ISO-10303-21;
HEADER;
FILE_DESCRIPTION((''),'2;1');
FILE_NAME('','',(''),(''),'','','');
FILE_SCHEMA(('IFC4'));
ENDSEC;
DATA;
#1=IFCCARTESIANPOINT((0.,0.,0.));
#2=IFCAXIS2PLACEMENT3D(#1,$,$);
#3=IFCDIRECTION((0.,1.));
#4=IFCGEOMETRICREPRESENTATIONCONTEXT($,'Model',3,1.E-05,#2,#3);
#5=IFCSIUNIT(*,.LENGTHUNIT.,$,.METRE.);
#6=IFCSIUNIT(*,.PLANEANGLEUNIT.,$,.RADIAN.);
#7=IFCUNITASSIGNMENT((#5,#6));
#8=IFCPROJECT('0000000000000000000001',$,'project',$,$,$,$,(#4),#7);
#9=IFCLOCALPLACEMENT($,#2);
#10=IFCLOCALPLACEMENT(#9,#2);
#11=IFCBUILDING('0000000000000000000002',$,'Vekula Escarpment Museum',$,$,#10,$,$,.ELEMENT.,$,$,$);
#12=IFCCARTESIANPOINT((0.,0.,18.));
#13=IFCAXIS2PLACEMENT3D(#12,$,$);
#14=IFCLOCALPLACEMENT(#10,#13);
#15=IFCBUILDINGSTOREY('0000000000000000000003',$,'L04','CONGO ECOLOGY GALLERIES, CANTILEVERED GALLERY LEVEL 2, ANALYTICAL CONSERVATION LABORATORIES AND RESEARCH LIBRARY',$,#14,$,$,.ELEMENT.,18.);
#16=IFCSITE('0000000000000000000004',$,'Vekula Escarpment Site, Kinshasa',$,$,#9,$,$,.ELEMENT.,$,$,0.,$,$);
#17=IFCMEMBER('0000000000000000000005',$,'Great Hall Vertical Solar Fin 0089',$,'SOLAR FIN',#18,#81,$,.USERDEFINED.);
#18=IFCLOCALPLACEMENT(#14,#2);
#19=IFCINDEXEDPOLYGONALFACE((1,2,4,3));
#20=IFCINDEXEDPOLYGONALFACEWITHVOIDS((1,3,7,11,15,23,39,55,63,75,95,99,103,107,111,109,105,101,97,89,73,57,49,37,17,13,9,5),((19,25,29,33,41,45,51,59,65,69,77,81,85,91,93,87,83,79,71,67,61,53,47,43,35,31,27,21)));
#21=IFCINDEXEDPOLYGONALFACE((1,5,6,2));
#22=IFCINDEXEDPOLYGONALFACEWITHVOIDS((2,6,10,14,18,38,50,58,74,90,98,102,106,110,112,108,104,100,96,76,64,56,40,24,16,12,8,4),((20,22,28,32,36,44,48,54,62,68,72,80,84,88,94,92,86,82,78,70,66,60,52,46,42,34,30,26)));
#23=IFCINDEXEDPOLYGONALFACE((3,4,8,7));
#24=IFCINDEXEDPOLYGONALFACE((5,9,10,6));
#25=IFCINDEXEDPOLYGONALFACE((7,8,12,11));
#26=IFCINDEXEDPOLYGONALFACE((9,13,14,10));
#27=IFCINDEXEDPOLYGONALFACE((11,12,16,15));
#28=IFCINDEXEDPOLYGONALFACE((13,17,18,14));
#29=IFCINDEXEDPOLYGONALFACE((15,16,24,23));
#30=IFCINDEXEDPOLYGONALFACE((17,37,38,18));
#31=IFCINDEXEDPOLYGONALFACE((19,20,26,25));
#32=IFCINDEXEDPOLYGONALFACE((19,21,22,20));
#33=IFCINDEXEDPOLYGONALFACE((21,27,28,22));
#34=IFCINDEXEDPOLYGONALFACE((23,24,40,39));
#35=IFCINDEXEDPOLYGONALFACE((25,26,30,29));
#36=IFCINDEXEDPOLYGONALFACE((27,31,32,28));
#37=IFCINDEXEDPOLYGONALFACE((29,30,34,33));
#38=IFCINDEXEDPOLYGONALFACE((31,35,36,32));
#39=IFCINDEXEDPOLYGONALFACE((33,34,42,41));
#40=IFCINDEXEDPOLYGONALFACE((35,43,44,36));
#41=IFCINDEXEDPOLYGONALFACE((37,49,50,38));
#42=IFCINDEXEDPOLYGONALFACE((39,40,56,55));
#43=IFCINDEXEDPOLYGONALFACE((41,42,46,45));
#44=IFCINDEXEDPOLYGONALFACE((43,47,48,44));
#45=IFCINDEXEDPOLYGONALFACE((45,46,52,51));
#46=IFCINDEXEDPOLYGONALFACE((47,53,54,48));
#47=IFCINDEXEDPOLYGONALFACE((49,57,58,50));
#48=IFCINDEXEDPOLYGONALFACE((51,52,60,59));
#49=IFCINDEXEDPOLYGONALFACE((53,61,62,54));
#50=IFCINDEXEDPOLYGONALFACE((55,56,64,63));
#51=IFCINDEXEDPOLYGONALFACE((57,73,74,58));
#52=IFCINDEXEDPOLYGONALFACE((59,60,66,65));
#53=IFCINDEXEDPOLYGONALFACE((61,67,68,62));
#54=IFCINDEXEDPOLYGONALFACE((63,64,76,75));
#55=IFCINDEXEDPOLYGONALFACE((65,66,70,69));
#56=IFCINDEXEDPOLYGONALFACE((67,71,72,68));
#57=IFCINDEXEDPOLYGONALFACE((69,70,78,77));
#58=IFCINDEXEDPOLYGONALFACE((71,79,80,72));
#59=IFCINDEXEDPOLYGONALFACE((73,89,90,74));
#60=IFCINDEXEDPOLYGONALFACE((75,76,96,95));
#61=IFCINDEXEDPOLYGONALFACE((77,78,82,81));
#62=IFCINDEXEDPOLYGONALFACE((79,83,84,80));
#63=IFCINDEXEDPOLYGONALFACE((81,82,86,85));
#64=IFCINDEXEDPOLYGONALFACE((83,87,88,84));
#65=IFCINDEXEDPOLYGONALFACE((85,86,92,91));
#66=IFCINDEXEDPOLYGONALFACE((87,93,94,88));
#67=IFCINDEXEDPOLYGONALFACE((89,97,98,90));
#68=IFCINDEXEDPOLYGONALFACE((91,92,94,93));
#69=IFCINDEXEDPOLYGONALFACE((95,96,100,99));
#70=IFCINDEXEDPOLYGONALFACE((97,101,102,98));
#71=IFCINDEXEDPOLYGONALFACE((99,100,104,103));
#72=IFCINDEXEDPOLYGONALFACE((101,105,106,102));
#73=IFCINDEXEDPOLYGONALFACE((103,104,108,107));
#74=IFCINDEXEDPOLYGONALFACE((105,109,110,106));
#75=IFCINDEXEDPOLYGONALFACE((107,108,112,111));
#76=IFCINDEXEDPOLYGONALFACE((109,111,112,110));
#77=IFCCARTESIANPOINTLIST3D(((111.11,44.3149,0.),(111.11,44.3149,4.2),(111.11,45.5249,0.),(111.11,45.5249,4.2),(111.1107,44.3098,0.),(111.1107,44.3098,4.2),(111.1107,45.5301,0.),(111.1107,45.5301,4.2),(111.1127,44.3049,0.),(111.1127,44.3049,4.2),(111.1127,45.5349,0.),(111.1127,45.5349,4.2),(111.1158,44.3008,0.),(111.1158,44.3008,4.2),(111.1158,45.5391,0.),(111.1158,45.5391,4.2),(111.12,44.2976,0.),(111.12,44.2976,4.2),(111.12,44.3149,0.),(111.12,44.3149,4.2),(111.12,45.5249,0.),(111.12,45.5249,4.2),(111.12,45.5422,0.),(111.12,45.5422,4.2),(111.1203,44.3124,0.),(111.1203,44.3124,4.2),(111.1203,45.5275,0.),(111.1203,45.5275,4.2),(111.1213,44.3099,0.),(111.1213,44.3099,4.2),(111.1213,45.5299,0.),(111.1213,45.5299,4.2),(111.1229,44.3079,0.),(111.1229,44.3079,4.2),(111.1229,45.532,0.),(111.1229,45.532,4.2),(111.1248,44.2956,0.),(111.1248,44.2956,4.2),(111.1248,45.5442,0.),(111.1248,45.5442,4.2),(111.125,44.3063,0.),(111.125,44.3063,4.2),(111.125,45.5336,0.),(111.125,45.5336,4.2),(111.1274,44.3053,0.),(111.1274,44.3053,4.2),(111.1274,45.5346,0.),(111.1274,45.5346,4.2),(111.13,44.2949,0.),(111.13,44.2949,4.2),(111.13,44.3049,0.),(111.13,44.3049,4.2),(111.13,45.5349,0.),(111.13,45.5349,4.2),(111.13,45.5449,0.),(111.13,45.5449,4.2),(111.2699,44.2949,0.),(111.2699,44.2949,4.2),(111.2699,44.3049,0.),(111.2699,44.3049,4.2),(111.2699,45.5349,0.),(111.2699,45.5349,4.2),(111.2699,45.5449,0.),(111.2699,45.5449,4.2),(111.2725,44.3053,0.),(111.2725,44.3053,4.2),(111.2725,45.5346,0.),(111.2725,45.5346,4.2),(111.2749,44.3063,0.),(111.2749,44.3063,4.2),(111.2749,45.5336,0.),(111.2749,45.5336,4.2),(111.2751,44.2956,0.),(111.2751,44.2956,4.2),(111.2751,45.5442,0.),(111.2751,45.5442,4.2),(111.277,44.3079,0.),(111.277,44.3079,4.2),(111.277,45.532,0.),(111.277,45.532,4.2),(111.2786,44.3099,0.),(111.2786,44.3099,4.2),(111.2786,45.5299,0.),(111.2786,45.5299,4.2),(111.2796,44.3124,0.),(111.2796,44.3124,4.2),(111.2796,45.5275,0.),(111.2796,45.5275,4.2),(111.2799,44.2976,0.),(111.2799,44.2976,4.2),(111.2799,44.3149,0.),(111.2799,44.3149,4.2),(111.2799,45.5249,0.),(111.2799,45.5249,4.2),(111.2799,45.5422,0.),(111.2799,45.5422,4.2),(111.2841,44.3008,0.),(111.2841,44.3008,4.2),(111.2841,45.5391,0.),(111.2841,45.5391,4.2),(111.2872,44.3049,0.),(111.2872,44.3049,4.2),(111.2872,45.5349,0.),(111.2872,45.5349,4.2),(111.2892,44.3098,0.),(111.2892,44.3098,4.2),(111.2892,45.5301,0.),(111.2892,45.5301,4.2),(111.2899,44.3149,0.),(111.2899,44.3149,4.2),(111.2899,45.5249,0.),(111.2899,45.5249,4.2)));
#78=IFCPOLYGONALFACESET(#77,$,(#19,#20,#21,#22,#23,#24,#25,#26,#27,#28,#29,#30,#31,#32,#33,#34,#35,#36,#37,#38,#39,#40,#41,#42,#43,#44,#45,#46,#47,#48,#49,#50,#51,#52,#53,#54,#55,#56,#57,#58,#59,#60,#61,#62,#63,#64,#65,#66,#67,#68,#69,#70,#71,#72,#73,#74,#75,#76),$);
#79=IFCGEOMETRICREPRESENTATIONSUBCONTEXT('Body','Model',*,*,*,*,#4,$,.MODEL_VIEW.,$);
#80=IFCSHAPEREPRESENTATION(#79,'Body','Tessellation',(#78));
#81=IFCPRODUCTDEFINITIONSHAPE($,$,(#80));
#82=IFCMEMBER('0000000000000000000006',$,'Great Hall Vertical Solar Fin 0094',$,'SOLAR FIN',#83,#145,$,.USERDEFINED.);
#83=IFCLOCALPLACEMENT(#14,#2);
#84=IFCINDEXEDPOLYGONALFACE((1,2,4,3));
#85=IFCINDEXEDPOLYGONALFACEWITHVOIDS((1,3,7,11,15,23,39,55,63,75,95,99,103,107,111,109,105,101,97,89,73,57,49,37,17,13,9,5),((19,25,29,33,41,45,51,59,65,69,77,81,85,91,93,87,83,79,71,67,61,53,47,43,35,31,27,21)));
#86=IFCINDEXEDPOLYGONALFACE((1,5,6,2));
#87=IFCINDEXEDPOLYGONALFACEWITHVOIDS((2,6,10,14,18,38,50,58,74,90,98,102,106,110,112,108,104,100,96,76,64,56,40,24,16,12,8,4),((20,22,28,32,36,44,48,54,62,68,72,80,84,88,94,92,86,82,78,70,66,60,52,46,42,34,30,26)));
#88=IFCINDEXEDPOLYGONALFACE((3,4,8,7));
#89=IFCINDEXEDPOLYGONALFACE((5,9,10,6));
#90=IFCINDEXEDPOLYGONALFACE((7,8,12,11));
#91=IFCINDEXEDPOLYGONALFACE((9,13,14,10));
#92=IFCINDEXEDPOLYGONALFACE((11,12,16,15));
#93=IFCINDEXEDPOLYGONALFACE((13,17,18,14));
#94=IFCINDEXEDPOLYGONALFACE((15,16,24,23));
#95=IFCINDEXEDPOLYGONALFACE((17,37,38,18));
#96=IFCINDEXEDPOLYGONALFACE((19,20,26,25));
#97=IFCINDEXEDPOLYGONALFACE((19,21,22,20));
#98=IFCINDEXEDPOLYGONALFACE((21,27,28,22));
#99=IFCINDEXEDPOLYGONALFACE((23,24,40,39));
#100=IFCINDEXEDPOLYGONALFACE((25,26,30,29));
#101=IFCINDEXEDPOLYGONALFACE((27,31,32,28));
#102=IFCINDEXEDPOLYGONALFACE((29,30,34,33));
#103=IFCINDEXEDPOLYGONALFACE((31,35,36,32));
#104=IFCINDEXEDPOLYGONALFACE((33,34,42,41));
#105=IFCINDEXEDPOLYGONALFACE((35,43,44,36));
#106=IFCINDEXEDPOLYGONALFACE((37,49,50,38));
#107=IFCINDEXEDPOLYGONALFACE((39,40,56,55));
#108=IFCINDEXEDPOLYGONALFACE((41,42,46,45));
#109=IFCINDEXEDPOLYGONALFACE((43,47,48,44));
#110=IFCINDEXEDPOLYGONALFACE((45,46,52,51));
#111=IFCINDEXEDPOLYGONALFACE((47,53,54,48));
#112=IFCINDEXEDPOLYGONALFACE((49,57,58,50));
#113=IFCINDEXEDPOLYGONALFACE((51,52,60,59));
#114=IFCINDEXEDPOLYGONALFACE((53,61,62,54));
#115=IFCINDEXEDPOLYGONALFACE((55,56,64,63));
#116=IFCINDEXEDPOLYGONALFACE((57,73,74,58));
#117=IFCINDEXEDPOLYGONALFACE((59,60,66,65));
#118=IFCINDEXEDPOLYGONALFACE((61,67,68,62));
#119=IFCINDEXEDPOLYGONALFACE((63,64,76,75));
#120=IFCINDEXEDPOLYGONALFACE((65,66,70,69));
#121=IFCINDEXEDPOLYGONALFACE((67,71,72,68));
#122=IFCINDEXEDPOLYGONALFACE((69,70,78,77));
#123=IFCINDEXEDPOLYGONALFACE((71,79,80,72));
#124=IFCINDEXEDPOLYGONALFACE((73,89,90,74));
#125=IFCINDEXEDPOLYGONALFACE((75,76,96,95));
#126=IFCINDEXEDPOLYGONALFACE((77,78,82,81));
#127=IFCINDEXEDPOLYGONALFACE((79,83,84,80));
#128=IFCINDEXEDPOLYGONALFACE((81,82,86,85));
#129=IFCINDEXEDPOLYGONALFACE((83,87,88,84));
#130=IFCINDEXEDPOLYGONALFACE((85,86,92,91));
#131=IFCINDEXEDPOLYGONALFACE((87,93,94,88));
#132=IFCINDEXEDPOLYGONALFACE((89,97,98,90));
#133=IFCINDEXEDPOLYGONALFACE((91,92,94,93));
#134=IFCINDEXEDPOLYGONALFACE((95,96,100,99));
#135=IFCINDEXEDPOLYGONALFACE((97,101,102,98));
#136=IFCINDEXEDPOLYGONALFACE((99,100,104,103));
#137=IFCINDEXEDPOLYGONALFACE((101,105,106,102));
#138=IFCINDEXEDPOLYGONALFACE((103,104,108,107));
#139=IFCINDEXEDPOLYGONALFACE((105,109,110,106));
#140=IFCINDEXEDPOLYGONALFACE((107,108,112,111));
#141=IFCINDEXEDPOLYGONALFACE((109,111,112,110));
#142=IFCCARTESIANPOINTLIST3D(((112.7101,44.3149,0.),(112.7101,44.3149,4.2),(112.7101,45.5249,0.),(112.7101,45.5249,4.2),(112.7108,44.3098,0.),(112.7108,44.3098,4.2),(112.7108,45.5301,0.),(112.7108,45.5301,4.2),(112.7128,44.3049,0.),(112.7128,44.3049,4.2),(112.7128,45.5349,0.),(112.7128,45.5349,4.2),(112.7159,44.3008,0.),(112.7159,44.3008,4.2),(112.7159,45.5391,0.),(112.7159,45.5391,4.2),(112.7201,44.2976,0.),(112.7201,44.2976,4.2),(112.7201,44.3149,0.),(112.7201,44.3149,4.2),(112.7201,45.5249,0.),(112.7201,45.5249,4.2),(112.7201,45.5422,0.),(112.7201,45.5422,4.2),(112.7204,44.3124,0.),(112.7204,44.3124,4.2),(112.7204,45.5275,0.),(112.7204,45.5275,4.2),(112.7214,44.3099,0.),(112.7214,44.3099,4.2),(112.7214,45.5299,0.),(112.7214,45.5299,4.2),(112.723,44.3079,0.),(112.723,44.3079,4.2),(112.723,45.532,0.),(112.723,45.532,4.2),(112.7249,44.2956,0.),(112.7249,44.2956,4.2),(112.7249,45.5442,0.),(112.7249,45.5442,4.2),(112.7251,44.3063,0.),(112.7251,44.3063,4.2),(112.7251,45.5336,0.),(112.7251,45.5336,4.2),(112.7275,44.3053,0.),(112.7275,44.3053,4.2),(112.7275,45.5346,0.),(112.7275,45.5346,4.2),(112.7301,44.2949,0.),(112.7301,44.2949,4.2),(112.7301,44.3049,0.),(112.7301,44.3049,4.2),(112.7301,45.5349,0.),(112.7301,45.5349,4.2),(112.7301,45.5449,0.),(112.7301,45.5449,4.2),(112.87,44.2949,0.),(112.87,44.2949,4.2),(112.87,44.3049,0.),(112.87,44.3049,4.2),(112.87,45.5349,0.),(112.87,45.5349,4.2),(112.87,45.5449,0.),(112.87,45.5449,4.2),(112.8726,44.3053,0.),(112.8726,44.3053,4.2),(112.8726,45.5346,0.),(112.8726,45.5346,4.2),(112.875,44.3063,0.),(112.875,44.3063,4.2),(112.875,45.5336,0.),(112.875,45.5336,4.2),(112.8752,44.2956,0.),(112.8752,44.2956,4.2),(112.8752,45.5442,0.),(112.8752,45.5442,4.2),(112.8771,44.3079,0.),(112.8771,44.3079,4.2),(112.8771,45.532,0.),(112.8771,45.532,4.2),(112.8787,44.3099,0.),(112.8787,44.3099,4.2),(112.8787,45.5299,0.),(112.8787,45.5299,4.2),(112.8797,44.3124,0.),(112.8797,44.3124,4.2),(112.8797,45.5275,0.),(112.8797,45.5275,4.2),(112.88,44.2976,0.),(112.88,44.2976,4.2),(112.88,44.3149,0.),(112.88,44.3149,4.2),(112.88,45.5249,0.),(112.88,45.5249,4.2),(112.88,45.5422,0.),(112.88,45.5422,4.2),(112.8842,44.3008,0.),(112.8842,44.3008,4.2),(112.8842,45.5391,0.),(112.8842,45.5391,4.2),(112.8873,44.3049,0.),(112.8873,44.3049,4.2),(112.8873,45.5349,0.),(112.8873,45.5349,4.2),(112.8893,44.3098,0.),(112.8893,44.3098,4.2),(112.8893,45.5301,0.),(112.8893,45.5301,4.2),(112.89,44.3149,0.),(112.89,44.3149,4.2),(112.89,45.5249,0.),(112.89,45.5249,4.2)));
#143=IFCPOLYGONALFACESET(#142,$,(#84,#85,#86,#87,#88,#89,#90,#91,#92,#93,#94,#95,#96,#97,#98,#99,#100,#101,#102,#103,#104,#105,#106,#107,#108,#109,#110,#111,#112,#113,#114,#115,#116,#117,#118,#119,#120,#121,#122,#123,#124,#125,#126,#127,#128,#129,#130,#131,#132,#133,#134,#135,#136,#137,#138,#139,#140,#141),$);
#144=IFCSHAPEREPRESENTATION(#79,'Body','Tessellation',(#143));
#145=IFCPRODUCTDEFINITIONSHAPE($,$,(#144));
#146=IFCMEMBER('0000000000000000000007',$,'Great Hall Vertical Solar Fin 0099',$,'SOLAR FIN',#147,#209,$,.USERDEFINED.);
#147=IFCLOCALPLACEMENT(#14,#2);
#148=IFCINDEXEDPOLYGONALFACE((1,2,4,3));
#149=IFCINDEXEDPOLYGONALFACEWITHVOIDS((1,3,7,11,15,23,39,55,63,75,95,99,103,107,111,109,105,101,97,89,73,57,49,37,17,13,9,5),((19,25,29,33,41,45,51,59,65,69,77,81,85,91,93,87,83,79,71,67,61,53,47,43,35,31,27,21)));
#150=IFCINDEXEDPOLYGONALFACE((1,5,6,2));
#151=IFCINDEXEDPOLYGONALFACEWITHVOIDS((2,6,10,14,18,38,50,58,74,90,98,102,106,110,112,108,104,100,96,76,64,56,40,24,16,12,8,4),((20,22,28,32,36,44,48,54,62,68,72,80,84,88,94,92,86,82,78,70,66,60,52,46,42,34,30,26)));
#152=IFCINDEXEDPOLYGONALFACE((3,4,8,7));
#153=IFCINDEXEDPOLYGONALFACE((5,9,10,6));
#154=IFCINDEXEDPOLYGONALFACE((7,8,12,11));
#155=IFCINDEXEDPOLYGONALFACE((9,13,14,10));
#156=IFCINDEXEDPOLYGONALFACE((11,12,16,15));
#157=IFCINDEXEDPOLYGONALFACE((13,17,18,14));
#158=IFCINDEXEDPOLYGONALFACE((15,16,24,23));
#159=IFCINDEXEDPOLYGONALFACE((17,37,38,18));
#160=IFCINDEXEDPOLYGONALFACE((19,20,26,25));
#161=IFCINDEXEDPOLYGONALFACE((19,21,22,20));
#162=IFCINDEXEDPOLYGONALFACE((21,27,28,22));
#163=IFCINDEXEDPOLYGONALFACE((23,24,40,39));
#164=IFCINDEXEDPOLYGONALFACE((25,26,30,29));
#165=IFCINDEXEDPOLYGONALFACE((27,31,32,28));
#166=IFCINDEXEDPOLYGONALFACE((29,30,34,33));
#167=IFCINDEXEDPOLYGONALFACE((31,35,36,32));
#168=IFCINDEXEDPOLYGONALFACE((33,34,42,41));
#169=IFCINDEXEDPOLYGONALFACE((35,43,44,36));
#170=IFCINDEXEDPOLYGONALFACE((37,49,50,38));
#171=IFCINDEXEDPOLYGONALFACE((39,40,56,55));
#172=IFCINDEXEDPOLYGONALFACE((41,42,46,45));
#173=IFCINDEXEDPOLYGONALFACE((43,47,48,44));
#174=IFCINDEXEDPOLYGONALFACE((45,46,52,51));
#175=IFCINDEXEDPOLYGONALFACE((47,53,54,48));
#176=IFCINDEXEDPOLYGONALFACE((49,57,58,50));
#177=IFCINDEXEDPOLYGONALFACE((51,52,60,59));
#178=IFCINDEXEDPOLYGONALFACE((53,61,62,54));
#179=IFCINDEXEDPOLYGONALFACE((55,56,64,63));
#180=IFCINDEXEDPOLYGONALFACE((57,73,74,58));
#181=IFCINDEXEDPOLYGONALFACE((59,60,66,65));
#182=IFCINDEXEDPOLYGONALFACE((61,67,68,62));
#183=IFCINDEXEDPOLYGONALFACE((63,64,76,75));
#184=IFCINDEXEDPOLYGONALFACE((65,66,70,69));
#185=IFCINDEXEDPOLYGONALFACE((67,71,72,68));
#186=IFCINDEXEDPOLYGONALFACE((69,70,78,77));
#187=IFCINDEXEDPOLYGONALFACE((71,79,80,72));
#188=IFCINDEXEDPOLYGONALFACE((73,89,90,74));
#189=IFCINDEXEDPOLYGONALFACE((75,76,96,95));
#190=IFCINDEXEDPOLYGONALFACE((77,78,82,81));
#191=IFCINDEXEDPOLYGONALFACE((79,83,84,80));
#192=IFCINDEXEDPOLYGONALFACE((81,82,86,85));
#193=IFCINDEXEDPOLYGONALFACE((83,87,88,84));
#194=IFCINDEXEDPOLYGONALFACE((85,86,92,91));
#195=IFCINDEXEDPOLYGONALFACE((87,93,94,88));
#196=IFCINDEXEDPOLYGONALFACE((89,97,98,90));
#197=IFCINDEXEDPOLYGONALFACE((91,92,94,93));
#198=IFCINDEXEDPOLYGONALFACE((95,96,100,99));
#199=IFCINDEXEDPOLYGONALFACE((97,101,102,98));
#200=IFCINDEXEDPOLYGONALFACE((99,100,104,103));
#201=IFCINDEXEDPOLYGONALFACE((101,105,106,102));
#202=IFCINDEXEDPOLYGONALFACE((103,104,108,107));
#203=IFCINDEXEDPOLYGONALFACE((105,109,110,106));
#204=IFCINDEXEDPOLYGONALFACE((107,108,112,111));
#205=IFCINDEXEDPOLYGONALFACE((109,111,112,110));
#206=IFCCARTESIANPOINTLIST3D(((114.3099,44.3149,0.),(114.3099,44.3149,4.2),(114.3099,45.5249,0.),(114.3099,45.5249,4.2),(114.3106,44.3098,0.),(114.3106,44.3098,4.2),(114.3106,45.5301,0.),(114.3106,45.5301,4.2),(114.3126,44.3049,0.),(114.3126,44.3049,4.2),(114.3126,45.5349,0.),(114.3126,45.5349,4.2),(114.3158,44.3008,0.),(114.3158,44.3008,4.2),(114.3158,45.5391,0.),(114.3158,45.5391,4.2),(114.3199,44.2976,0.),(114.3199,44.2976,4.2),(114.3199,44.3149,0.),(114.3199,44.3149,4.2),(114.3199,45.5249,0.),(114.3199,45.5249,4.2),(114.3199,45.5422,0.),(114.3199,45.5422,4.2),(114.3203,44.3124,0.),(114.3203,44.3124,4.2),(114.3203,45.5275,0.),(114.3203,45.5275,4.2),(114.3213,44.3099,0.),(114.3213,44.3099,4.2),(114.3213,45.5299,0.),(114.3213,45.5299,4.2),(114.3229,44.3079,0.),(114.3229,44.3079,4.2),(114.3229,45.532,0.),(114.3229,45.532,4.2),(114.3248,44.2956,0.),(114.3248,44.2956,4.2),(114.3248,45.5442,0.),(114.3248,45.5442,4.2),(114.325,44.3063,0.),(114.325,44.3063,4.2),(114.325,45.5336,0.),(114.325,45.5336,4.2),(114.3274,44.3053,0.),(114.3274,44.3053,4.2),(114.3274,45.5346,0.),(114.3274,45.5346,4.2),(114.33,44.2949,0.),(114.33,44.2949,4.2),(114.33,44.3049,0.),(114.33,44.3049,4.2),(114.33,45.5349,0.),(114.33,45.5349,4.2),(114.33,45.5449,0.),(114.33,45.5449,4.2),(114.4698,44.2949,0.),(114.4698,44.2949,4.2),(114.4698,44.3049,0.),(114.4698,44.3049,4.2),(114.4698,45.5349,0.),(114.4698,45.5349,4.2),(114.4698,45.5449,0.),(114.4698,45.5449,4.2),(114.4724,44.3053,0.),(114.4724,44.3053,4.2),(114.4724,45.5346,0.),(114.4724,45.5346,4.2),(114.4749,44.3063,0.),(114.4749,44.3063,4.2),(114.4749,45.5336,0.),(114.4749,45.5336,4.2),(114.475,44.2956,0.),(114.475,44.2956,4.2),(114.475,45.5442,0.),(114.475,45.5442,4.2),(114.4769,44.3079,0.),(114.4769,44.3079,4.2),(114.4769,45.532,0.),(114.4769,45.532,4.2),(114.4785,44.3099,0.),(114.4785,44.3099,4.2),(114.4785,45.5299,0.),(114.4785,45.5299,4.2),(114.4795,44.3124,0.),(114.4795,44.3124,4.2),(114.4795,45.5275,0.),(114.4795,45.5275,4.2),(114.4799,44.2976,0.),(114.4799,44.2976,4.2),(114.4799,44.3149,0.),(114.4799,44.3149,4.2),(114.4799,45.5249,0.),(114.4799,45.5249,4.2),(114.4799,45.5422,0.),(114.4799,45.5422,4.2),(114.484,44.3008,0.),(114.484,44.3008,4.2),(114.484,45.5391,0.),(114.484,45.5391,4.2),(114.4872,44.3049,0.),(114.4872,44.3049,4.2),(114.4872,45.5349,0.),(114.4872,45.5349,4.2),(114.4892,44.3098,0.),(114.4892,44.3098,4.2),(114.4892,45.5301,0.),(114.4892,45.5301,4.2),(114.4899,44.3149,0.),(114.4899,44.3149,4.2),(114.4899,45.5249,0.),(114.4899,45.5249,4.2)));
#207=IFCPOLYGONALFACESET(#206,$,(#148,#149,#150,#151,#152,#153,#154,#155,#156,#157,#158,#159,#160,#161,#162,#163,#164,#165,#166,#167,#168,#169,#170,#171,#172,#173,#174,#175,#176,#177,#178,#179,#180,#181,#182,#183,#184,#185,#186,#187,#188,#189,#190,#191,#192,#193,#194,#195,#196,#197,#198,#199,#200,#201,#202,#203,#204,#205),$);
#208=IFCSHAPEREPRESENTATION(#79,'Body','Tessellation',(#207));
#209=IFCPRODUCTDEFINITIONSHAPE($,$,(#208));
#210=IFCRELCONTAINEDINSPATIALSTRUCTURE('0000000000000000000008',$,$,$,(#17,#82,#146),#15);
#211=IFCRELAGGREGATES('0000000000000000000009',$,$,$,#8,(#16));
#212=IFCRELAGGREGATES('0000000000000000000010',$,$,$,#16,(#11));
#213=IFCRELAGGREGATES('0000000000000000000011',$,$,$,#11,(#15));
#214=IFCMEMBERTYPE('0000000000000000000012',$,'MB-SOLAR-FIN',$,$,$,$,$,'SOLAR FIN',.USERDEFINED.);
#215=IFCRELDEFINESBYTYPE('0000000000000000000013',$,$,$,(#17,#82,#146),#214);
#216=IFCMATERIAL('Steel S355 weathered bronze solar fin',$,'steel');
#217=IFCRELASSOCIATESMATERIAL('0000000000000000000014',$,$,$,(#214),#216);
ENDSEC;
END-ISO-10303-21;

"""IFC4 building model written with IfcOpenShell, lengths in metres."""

from ifc_helpers import new_model, si_unit, direction, frame, origin, origin_2d, place, context, subcontext, project, spatial, hollow_rectangle, extrude, material, material_profile, profile_set, type_object, element, save


model = new_model("IFC4")

# Units and contexts
model_context = context("Model", 3, precision=1e-05, world=origin(), true_north=direction((0.0, 1.0)))
body_context = subcontext(model_context, "Body", "Model", "MODEL_VIEW")
ifc_project = project(units=[si_unit("LENGTHUNIT", "METRE"), si_unit("PLANEANGLEUNIT", "RADIAN")], contexts=[model_context])

# Site, building, storey
site_placement = place(None, origin())
site = spatial("IfcSite", under=ifc_project, at=site_placement, Name="Vekula Escarpment Site, Kinshasa", CompositionType="ELEMENT", RefElevation=0.0)
building_placement = place(site_placement, origin())
building = spatial("IfcBuilding", under=site, at=building_placement, Name="Vekula Escarpment Museum", CompositionType="ELEMENT")
storey_placement = place(building_placement, frame((0.0, 0.0, 18.0)))
storey = spatial("IfcBuildingStorey", under=building, at=storey_placement, Name="L04", Description="CONGO ECOLOGY GALLERIES, CANTILEVERED GALLERY LEVEL 2, ANALYTICAL CONSERVATION LABORATORIES AND RESEARCH LIBRARY", CompositionType="ELEMENT", Elevation=18.0)

# Members
ifc_material_1 = material(Name="Steel S355 weathered bronze solar fin", Category="steel")
ifc_material_profile_1 = material_profile(ifc_material_1, hollow_rectangle(XDim=0.1799, YDim=1.25, WallThickness=0.01, InnerFilletRadius=0.01, OuterFilletRadius=0.02, at=origin_2d()), Name="RHS 1250x180x10")
ifc_profile_set_1 = profile_set([ifc_material_profile_1], Name="Steel S355 weathered bronze solar fin")
member_type_1 = type_object("IfcMemberType", Name="MB-SOLAR-FIN", ElementType="SOLAR FIN", PredefinedType="USERDEFINED", material=ifc_profile_set_1)
for number, where, z_axis, x_axis, name in (
    (1, (111.2, 44.9199, 0.0), (0.0, 0.0, 1.0), (1.0, 0.0, 0.0), "Great Hall Vertical Solar Fin 0089"),
    (2, (112.8, 44.9199, 0.0), (0.0, 0.0, 1.0), (1.0, 0.0, 0.0), "Great Hall Vertical Solar Fin 0094"),
    (3, (114.3999, 44.9199, 0.0), (0.0, 0.0, 1.0), (1.0, 0.0, 0.0), "Great Hall Vertical Solar Fin 0099"),
):
    element("IfcMember", number, at=place(storey_placement, frame(where, z_axis=z_axis, x_axis=x_axis)), inside=storey, type_object=member_type_1, Name=name, ObjectType="SOLAR FIN", PredefinedType="USERDEFINED", context=body_context, shape_type="SweptSolid", body=[
        extrude(hollow_rectangle(XDim=0.1799, YDim=1.25, WallThickness=0.01, InnerFilletRadius=0.01, OuterFilletRadius=0.02, at=origin_2d()), origin(), (0.0, 0.0, 1.0), 4.2),
    ])

save(model, "model.ifc")
